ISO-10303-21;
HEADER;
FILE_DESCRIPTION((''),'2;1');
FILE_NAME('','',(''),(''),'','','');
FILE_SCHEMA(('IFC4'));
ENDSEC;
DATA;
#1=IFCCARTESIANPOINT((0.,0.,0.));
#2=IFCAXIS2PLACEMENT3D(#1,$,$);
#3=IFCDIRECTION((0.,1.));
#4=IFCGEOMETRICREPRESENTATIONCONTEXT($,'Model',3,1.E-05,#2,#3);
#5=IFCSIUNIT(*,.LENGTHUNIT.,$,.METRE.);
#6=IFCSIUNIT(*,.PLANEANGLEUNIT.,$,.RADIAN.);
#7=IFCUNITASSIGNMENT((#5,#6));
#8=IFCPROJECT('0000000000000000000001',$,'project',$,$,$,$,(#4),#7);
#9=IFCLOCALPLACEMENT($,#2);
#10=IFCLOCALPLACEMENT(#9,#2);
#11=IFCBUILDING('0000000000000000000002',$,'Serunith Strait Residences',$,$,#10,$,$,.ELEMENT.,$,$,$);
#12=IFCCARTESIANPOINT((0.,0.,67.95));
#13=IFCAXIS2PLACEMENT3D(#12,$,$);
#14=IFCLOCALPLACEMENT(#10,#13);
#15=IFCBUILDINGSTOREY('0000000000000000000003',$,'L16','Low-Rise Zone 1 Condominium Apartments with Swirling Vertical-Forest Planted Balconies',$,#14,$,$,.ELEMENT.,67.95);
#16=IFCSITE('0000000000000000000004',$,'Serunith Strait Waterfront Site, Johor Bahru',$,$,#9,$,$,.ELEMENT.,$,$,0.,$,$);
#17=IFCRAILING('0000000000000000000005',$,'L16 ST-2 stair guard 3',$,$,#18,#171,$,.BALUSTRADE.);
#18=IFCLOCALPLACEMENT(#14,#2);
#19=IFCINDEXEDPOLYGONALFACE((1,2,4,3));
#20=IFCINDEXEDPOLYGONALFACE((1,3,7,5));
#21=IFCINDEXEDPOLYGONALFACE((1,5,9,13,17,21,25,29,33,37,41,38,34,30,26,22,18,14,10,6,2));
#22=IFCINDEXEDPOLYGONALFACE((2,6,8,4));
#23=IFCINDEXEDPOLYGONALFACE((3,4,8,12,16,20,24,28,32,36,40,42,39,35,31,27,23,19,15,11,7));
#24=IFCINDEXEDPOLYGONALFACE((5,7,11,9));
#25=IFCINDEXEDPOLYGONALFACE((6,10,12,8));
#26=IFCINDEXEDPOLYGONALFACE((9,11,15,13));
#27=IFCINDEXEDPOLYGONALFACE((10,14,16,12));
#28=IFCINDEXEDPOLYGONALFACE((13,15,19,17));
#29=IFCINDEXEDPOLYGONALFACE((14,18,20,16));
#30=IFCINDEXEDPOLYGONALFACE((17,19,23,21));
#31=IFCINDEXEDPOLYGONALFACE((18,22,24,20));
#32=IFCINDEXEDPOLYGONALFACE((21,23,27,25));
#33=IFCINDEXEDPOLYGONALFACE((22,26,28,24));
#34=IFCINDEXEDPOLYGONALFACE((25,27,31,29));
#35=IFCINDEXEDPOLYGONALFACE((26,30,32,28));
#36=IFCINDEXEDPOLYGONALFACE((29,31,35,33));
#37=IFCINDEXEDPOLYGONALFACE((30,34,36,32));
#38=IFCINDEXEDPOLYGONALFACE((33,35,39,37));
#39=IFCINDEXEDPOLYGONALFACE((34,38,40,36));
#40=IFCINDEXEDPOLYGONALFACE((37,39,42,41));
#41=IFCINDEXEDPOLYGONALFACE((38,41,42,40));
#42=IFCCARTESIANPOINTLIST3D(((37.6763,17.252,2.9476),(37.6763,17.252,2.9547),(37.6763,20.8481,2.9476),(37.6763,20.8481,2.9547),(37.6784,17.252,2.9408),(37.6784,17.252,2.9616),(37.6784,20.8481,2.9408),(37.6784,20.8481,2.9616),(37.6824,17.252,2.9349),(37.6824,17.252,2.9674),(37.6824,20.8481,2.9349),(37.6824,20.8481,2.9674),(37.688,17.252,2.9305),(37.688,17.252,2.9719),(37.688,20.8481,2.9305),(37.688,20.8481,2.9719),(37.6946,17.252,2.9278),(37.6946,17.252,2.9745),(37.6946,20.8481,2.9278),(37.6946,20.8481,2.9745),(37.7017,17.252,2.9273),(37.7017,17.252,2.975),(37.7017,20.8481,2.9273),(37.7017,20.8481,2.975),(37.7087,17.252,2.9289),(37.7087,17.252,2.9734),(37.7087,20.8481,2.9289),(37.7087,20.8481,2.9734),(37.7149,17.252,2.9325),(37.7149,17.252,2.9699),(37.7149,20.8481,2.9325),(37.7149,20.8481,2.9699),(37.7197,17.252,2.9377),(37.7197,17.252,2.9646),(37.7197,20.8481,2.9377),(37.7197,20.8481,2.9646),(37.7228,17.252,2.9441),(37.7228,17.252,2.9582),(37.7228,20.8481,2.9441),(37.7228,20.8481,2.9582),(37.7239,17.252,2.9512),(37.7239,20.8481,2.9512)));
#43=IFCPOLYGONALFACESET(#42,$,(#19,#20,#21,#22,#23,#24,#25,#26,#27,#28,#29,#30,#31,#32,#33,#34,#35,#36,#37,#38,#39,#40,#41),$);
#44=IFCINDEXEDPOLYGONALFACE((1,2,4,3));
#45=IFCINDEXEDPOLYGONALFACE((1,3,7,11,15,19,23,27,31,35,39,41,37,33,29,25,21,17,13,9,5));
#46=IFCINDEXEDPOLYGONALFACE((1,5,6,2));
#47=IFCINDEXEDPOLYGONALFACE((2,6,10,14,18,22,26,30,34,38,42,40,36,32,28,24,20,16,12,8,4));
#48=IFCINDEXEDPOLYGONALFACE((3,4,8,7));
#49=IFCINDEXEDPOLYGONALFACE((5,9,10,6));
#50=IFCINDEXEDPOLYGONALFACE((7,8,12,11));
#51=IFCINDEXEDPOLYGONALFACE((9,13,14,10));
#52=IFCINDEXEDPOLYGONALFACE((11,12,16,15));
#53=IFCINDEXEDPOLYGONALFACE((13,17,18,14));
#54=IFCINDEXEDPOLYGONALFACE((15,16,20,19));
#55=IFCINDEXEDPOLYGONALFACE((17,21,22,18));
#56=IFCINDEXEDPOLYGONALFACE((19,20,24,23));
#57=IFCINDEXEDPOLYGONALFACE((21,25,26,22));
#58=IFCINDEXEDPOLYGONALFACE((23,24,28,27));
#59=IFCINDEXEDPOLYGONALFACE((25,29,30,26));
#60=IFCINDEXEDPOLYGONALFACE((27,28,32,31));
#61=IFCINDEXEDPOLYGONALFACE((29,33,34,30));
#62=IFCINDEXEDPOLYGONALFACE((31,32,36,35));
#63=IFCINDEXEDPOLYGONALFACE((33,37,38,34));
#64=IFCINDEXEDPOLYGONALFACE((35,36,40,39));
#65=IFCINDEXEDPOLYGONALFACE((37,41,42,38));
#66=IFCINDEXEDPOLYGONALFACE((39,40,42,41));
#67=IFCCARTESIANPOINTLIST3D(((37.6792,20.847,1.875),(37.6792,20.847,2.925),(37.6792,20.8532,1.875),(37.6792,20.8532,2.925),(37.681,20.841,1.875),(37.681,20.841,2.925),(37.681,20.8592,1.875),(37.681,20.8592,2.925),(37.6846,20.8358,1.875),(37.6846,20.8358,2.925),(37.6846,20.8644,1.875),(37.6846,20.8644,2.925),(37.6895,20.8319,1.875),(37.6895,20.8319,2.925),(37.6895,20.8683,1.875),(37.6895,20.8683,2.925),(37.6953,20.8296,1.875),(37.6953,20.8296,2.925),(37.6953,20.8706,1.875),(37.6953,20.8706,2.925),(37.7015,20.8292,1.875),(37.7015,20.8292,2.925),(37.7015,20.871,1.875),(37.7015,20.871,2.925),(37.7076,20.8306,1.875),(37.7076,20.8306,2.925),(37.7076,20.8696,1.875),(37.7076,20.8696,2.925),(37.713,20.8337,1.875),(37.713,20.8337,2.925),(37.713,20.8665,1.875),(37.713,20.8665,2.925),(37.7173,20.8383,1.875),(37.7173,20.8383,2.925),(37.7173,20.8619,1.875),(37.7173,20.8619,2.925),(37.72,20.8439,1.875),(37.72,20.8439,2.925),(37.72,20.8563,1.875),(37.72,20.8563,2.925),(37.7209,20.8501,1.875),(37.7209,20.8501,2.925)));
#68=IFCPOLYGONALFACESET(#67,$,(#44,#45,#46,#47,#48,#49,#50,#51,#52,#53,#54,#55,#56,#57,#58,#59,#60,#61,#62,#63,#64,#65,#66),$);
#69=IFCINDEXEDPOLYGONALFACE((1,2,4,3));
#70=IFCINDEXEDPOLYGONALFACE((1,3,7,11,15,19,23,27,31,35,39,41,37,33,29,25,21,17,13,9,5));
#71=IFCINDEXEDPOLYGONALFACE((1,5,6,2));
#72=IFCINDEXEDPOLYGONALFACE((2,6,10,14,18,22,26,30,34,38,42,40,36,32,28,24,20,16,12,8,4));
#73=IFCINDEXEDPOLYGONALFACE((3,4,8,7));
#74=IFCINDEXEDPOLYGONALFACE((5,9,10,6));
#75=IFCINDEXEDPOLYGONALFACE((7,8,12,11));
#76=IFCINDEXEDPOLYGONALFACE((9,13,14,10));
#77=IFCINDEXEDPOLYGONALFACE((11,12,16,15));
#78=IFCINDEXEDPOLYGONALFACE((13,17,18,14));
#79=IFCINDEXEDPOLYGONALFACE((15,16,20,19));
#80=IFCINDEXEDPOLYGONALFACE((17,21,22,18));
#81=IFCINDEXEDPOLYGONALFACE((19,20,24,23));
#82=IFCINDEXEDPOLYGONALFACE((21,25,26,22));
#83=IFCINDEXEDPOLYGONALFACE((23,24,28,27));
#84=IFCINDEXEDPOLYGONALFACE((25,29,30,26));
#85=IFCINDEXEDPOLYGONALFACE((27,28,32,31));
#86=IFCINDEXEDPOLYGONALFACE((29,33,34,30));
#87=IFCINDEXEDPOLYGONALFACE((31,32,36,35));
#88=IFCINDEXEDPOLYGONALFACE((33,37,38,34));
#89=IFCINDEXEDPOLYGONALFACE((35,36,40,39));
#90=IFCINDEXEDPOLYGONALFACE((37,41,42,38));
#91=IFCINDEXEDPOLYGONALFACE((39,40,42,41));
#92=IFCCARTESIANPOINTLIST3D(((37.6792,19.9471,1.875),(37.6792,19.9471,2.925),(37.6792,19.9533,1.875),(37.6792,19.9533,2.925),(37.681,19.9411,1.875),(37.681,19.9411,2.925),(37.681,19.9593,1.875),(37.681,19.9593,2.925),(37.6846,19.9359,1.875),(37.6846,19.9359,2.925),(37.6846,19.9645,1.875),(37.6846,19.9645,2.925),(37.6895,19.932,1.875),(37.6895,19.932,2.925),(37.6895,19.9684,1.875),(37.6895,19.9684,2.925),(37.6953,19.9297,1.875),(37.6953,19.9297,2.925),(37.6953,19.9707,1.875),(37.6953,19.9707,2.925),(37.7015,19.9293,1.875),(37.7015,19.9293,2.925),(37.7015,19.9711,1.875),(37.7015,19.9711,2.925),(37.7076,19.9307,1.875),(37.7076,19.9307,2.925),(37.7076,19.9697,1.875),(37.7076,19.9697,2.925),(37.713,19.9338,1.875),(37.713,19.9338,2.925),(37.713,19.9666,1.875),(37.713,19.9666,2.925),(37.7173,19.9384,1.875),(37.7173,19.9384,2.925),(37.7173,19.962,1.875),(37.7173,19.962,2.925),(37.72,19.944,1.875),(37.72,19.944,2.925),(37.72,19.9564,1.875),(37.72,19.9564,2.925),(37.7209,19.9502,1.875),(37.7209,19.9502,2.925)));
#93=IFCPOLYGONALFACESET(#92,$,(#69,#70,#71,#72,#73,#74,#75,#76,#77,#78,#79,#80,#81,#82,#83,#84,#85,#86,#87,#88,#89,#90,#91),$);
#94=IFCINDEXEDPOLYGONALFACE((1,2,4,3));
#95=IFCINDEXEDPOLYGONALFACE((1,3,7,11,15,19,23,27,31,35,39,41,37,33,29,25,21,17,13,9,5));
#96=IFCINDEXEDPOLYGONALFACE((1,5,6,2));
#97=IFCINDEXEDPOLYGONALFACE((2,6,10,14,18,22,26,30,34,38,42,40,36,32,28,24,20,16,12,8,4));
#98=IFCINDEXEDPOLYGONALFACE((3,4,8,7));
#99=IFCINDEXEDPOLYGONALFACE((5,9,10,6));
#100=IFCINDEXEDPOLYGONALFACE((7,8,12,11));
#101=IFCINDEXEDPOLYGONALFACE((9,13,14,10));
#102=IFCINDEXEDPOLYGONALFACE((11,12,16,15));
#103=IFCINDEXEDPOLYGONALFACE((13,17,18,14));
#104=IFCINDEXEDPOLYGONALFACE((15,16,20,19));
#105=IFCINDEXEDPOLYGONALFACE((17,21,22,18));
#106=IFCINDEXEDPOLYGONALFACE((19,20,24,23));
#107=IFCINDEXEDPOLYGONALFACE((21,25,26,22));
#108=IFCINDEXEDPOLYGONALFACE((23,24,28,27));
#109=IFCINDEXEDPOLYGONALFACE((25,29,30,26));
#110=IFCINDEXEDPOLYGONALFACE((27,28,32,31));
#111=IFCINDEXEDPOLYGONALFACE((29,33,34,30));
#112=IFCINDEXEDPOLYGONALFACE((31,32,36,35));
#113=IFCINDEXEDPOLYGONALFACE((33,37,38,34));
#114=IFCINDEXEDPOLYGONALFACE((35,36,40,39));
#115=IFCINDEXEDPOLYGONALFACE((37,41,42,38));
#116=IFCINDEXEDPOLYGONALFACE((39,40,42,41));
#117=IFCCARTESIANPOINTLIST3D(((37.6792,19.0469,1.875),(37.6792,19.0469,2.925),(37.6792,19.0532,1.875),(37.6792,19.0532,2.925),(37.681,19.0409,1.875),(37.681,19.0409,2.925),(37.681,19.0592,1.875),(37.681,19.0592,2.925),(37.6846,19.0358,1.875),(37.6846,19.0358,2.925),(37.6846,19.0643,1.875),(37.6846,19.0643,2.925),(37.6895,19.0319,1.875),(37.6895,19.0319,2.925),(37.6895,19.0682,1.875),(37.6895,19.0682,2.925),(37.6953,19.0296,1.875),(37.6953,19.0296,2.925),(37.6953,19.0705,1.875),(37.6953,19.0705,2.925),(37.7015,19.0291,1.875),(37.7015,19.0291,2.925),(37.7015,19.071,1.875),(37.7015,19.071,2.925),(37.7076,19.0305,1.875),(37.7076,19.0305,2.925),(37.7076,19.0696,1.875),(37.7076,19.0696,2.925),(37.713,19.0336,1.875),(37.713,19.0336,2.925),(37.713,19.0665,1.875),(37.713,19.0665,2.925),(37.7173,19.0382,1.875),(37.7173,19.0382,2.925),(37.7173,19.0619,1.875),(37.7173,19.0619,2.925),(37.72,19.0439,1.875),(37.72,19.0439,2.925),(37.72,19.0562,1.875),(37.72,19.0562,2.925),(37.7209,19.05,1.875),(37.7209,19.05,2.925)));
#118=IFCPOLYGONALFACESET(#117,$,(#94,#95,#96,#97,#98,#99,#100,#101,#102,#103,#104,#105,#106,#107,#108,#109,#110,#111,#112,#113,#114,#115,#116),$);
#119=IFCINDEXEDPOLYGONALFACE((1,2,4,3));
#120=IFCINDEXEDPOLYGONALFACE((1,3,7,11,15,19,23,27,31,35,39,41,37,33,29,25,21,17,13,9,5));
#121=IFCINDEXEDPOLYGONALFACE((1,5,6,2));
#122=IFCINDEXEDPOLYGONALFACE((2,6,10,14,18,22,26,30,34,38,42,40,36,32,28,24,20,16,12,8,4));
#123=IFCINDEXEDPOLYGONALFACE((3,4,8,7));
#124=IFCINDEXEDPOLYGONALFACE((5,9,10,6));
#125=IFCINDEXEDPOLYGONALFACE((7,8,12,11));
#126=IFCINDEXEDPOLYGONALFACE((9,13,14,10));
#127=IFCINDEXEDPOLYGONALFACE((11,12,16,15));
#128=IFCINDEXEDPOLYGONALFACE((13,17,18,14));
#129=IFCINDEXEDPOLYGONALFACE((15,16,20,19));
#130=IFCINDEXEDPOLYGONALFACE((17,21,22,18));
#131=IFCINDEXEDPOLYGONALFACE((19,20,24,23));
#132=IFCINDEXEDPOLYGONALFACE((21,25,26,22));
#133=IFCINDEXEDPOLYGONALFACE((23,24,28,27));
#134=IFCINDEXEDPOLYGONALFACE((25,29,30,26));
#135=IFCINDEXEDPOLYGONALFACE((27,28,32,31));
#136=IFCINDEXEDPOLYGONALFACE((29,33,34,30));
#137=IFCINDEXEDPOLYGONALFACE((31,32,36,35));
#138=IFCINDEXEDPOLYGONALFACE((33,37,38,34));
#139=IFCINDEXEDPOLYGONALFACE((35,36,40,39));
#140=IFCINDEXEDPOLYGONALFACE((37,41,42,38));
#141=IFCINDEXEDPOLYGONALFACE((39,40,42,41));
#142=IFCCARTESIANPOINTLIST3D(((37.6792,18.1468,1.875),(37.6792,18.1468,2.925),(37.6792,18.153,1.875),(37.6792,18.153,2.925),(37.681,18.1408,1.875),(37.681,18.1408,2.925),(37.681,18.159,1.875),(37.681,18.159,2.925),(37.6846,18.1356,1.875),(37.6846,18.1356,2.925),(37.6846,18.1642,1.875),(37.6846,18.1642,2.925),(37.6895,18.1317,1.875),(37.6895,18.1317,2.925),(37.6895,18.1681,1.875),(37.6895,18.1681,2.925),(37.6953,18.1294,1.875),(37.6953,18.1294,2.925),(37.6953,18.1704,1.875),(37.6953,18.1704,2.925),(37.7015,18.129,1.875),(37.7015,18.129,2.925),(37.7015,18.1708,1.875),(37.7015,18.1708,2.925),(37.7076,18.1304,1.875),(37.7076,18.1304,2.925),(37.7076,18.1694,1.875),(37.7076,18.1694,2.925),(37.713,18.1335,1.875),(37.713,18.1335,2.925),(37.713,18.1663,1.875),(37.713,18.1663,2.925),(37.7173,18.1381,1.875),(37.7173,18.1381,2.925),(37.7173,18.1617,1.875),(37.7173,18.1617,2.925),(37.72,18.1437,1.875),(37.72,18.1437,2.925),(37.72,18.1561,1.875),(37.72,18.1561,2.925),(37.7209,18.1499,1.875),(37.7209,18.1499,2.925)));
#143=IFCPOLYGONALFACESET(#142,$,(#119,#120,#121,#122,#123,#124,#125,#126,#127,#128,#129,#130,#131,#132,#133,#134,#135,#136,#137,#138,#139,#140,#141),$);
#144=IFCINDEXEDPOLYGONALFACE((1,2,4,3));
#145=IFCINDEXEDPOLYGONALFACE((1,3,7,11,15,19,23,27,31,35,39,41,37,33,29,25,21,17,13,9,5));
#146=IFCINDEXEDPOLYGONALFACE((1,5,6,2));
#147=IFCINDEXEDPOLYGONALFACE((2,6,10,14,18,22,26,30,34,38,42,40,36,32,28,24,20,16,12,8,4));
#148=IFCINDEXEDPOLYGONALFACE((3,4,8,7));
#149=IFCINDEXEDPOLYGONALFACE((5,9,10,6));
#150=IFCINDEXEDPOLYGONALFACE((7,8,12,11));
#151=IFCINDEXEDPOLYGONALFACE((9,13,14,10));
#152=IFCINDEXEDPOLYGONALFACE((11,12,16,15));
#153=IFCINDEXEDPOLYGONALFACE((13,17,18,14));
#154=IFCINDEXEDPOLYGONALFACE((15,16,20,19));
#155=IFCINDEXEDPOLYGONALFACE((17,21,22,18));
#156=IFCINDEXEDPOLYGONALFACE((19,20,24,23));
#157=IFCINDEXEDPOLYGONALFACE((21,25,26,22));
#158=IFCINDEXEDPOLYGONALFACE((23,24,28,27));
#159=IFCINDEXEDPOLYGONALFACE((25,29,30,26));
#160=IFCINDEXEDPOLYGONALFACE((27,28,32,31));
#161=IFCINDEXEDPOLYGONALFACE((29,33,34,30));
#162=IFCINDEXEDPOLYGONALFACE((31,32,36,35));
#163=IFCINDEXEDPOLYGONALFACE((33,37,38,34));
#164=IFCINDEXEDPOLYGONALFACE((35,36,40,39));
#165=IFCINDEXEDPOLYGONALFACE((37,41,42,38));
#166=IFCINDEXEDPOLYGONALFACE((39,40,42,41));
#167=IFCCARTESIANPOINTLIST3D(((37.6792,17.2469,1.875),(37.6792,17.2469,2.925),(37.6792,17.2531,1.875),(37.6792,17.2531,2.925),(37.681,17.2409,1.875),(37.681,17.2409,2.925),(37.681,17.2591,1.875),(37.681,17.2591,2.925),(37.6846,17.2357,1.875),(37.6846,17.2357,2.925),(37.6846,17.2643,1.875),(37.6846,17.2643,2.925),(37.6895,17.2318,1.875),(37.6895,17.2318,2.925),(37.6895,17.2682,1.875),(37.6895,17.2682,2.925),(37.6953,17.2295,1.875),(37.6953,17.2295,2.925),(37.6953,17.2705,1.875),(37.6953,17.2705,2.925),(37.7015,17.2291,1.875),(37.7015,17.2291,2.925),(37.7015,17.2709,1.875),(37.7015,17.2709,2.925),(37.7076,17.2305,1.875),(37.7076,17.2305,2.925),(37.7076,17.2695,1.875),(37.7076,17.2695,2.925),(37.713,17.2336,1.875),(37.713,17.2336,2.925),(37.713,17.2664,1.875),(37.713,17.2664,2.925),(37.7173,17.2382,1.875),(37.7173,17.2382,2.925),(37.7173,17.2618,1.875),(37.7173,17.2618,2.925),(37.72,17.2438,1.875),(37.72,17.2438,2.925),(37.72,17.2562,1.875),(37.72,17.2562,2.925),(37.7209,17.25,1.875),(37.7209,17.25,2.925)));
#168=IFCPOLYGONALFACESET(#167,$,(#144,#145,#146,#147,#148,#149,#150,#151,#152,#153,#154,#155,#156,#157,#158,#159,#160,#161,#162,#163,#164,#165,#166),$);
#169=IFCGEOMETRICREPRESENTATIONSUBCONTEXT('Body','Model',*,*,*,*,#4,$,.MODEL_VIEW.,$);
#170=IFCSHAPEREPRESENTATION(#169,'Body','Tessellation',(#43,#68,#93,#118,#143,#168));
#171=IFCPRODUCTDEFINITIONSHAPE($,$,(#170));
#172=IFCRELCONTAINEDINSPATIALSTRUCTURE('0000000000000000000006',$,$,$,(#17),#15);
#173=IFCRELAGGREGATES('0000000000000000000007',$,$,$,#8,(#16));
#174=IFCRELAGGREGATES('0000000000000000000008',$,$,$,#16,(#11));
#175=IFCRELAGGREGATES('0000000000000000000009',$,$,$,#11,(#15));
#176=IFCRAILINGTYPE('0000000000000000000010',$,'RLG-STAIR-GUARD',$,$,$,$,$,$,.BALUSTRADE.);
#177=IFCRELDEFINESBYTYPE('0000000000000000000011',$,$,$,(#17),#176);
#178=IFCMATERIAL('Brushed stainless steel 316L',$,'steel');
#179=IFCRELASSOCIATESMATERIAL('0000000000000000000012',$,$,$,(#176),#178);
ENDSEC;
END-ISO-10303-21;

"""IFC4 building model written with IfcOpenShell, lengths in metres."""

from ifc_helpers import new_model, si_unit, direction, frame, origin, origin_2d, place, context, subcontext, project, spatial, circle, extrude, material, type_object, element, save


model = new_model("IFC4")

# Units and contexts
model_context = context("Model", 3, precision=1e-05, world=origin(), true_north=direction((0.0, 1.0)))
body_context = subcontext(model_context, "Body", "Model", "MODEL_VIEW")
ifc_project = project(units=[si_unit("LENGTHUNIT", "METRE"), si_unit("PLANEANGLEUNIT", "RADIAN")], contexts=[model_context])

# Site, building, storey
site_placement = place(None, origin())
site = spatial("IfcSite", under=ifc_project, at=site_placement, Name="Serunith Strait Waterfront Site, Johor Bahru", CompositionType="ELEMENT", RefElevation=0.0)
building_placement = place(site_placement, origin())
building = spatial("IfcBuilding", under=site, at=building_placement, Name="Serunith Strait Residences", CompositionType="ELEMENT")
storey_placement = place(building_placement, frame((0.0, 0.0, 67.95)))
storey = spatial("IfcBuildingStorey", under=building, at=storey_placement, Name="L16", Description="Low-Rise Zone 1 Condominium Apartments with Swirling Vertical-Forest Planted Balconies", CompositionType="ELEMENT", Elevation=67.95)

# Railing
ifc_material_1 = material(Name="Brushed stainless steel 316L", Category="steel")
railing_type_1 = type_object("IfcRailingType", Name="RLG-STAIR-GUARD", PredefinedType="BALUSTRADE", material=ifc_material_1)
for number, where, name in (
    (1, (37.7, 20.8501, 1.875), "L16 ST-2 stair guard 3"),
):
    element("IfcRailing", number, at=place(storey_placement, frame(where)), inside=storey, type_object=railing_type_1, Name=name, PredefinedType="BALUSTRADE", context=body_context, shape_type="SweptSolid", body=[
        extrude(circle(Radius=0.0239, at=origin_2d()), frame((0.0, -0.002, 1.0762), z_axis=(0.0, -1.0, 0.0), x_axis=(1.0, 0.0, 0.0)), (0.0, 0.0, 1.0), 3.5962),
        extrude(circle(Radius=0.021, at=origin_2d()), origin(), (0.0, 0.0, 1.0), 1.05),
        extrude(circle(Radius=0.021, at=origin_2d()), frame((0.0, -0.8999, 0.0)), (0.0, 0.0, 1.0), 1.05),
        extrude(circle(Radius=0.021, at=origin_2d()), frame((0.0, -1.8, 0.0)), (0.0, 0.0, 1.0), 1.05),
        extrude(circle(Radius=0.021, at=origin_2d()), frame((0.0, -2.7002, 0.0)), (0.0, 0.0, 1.0), 1.05),
        extrude(circle(Radius=0.021, at=origin_2d()), frame((0.0, -3.6001, 0.0)), (0.0, 0.0, 1.0), 1.05),
    ])

save(model, "model.ifc")
